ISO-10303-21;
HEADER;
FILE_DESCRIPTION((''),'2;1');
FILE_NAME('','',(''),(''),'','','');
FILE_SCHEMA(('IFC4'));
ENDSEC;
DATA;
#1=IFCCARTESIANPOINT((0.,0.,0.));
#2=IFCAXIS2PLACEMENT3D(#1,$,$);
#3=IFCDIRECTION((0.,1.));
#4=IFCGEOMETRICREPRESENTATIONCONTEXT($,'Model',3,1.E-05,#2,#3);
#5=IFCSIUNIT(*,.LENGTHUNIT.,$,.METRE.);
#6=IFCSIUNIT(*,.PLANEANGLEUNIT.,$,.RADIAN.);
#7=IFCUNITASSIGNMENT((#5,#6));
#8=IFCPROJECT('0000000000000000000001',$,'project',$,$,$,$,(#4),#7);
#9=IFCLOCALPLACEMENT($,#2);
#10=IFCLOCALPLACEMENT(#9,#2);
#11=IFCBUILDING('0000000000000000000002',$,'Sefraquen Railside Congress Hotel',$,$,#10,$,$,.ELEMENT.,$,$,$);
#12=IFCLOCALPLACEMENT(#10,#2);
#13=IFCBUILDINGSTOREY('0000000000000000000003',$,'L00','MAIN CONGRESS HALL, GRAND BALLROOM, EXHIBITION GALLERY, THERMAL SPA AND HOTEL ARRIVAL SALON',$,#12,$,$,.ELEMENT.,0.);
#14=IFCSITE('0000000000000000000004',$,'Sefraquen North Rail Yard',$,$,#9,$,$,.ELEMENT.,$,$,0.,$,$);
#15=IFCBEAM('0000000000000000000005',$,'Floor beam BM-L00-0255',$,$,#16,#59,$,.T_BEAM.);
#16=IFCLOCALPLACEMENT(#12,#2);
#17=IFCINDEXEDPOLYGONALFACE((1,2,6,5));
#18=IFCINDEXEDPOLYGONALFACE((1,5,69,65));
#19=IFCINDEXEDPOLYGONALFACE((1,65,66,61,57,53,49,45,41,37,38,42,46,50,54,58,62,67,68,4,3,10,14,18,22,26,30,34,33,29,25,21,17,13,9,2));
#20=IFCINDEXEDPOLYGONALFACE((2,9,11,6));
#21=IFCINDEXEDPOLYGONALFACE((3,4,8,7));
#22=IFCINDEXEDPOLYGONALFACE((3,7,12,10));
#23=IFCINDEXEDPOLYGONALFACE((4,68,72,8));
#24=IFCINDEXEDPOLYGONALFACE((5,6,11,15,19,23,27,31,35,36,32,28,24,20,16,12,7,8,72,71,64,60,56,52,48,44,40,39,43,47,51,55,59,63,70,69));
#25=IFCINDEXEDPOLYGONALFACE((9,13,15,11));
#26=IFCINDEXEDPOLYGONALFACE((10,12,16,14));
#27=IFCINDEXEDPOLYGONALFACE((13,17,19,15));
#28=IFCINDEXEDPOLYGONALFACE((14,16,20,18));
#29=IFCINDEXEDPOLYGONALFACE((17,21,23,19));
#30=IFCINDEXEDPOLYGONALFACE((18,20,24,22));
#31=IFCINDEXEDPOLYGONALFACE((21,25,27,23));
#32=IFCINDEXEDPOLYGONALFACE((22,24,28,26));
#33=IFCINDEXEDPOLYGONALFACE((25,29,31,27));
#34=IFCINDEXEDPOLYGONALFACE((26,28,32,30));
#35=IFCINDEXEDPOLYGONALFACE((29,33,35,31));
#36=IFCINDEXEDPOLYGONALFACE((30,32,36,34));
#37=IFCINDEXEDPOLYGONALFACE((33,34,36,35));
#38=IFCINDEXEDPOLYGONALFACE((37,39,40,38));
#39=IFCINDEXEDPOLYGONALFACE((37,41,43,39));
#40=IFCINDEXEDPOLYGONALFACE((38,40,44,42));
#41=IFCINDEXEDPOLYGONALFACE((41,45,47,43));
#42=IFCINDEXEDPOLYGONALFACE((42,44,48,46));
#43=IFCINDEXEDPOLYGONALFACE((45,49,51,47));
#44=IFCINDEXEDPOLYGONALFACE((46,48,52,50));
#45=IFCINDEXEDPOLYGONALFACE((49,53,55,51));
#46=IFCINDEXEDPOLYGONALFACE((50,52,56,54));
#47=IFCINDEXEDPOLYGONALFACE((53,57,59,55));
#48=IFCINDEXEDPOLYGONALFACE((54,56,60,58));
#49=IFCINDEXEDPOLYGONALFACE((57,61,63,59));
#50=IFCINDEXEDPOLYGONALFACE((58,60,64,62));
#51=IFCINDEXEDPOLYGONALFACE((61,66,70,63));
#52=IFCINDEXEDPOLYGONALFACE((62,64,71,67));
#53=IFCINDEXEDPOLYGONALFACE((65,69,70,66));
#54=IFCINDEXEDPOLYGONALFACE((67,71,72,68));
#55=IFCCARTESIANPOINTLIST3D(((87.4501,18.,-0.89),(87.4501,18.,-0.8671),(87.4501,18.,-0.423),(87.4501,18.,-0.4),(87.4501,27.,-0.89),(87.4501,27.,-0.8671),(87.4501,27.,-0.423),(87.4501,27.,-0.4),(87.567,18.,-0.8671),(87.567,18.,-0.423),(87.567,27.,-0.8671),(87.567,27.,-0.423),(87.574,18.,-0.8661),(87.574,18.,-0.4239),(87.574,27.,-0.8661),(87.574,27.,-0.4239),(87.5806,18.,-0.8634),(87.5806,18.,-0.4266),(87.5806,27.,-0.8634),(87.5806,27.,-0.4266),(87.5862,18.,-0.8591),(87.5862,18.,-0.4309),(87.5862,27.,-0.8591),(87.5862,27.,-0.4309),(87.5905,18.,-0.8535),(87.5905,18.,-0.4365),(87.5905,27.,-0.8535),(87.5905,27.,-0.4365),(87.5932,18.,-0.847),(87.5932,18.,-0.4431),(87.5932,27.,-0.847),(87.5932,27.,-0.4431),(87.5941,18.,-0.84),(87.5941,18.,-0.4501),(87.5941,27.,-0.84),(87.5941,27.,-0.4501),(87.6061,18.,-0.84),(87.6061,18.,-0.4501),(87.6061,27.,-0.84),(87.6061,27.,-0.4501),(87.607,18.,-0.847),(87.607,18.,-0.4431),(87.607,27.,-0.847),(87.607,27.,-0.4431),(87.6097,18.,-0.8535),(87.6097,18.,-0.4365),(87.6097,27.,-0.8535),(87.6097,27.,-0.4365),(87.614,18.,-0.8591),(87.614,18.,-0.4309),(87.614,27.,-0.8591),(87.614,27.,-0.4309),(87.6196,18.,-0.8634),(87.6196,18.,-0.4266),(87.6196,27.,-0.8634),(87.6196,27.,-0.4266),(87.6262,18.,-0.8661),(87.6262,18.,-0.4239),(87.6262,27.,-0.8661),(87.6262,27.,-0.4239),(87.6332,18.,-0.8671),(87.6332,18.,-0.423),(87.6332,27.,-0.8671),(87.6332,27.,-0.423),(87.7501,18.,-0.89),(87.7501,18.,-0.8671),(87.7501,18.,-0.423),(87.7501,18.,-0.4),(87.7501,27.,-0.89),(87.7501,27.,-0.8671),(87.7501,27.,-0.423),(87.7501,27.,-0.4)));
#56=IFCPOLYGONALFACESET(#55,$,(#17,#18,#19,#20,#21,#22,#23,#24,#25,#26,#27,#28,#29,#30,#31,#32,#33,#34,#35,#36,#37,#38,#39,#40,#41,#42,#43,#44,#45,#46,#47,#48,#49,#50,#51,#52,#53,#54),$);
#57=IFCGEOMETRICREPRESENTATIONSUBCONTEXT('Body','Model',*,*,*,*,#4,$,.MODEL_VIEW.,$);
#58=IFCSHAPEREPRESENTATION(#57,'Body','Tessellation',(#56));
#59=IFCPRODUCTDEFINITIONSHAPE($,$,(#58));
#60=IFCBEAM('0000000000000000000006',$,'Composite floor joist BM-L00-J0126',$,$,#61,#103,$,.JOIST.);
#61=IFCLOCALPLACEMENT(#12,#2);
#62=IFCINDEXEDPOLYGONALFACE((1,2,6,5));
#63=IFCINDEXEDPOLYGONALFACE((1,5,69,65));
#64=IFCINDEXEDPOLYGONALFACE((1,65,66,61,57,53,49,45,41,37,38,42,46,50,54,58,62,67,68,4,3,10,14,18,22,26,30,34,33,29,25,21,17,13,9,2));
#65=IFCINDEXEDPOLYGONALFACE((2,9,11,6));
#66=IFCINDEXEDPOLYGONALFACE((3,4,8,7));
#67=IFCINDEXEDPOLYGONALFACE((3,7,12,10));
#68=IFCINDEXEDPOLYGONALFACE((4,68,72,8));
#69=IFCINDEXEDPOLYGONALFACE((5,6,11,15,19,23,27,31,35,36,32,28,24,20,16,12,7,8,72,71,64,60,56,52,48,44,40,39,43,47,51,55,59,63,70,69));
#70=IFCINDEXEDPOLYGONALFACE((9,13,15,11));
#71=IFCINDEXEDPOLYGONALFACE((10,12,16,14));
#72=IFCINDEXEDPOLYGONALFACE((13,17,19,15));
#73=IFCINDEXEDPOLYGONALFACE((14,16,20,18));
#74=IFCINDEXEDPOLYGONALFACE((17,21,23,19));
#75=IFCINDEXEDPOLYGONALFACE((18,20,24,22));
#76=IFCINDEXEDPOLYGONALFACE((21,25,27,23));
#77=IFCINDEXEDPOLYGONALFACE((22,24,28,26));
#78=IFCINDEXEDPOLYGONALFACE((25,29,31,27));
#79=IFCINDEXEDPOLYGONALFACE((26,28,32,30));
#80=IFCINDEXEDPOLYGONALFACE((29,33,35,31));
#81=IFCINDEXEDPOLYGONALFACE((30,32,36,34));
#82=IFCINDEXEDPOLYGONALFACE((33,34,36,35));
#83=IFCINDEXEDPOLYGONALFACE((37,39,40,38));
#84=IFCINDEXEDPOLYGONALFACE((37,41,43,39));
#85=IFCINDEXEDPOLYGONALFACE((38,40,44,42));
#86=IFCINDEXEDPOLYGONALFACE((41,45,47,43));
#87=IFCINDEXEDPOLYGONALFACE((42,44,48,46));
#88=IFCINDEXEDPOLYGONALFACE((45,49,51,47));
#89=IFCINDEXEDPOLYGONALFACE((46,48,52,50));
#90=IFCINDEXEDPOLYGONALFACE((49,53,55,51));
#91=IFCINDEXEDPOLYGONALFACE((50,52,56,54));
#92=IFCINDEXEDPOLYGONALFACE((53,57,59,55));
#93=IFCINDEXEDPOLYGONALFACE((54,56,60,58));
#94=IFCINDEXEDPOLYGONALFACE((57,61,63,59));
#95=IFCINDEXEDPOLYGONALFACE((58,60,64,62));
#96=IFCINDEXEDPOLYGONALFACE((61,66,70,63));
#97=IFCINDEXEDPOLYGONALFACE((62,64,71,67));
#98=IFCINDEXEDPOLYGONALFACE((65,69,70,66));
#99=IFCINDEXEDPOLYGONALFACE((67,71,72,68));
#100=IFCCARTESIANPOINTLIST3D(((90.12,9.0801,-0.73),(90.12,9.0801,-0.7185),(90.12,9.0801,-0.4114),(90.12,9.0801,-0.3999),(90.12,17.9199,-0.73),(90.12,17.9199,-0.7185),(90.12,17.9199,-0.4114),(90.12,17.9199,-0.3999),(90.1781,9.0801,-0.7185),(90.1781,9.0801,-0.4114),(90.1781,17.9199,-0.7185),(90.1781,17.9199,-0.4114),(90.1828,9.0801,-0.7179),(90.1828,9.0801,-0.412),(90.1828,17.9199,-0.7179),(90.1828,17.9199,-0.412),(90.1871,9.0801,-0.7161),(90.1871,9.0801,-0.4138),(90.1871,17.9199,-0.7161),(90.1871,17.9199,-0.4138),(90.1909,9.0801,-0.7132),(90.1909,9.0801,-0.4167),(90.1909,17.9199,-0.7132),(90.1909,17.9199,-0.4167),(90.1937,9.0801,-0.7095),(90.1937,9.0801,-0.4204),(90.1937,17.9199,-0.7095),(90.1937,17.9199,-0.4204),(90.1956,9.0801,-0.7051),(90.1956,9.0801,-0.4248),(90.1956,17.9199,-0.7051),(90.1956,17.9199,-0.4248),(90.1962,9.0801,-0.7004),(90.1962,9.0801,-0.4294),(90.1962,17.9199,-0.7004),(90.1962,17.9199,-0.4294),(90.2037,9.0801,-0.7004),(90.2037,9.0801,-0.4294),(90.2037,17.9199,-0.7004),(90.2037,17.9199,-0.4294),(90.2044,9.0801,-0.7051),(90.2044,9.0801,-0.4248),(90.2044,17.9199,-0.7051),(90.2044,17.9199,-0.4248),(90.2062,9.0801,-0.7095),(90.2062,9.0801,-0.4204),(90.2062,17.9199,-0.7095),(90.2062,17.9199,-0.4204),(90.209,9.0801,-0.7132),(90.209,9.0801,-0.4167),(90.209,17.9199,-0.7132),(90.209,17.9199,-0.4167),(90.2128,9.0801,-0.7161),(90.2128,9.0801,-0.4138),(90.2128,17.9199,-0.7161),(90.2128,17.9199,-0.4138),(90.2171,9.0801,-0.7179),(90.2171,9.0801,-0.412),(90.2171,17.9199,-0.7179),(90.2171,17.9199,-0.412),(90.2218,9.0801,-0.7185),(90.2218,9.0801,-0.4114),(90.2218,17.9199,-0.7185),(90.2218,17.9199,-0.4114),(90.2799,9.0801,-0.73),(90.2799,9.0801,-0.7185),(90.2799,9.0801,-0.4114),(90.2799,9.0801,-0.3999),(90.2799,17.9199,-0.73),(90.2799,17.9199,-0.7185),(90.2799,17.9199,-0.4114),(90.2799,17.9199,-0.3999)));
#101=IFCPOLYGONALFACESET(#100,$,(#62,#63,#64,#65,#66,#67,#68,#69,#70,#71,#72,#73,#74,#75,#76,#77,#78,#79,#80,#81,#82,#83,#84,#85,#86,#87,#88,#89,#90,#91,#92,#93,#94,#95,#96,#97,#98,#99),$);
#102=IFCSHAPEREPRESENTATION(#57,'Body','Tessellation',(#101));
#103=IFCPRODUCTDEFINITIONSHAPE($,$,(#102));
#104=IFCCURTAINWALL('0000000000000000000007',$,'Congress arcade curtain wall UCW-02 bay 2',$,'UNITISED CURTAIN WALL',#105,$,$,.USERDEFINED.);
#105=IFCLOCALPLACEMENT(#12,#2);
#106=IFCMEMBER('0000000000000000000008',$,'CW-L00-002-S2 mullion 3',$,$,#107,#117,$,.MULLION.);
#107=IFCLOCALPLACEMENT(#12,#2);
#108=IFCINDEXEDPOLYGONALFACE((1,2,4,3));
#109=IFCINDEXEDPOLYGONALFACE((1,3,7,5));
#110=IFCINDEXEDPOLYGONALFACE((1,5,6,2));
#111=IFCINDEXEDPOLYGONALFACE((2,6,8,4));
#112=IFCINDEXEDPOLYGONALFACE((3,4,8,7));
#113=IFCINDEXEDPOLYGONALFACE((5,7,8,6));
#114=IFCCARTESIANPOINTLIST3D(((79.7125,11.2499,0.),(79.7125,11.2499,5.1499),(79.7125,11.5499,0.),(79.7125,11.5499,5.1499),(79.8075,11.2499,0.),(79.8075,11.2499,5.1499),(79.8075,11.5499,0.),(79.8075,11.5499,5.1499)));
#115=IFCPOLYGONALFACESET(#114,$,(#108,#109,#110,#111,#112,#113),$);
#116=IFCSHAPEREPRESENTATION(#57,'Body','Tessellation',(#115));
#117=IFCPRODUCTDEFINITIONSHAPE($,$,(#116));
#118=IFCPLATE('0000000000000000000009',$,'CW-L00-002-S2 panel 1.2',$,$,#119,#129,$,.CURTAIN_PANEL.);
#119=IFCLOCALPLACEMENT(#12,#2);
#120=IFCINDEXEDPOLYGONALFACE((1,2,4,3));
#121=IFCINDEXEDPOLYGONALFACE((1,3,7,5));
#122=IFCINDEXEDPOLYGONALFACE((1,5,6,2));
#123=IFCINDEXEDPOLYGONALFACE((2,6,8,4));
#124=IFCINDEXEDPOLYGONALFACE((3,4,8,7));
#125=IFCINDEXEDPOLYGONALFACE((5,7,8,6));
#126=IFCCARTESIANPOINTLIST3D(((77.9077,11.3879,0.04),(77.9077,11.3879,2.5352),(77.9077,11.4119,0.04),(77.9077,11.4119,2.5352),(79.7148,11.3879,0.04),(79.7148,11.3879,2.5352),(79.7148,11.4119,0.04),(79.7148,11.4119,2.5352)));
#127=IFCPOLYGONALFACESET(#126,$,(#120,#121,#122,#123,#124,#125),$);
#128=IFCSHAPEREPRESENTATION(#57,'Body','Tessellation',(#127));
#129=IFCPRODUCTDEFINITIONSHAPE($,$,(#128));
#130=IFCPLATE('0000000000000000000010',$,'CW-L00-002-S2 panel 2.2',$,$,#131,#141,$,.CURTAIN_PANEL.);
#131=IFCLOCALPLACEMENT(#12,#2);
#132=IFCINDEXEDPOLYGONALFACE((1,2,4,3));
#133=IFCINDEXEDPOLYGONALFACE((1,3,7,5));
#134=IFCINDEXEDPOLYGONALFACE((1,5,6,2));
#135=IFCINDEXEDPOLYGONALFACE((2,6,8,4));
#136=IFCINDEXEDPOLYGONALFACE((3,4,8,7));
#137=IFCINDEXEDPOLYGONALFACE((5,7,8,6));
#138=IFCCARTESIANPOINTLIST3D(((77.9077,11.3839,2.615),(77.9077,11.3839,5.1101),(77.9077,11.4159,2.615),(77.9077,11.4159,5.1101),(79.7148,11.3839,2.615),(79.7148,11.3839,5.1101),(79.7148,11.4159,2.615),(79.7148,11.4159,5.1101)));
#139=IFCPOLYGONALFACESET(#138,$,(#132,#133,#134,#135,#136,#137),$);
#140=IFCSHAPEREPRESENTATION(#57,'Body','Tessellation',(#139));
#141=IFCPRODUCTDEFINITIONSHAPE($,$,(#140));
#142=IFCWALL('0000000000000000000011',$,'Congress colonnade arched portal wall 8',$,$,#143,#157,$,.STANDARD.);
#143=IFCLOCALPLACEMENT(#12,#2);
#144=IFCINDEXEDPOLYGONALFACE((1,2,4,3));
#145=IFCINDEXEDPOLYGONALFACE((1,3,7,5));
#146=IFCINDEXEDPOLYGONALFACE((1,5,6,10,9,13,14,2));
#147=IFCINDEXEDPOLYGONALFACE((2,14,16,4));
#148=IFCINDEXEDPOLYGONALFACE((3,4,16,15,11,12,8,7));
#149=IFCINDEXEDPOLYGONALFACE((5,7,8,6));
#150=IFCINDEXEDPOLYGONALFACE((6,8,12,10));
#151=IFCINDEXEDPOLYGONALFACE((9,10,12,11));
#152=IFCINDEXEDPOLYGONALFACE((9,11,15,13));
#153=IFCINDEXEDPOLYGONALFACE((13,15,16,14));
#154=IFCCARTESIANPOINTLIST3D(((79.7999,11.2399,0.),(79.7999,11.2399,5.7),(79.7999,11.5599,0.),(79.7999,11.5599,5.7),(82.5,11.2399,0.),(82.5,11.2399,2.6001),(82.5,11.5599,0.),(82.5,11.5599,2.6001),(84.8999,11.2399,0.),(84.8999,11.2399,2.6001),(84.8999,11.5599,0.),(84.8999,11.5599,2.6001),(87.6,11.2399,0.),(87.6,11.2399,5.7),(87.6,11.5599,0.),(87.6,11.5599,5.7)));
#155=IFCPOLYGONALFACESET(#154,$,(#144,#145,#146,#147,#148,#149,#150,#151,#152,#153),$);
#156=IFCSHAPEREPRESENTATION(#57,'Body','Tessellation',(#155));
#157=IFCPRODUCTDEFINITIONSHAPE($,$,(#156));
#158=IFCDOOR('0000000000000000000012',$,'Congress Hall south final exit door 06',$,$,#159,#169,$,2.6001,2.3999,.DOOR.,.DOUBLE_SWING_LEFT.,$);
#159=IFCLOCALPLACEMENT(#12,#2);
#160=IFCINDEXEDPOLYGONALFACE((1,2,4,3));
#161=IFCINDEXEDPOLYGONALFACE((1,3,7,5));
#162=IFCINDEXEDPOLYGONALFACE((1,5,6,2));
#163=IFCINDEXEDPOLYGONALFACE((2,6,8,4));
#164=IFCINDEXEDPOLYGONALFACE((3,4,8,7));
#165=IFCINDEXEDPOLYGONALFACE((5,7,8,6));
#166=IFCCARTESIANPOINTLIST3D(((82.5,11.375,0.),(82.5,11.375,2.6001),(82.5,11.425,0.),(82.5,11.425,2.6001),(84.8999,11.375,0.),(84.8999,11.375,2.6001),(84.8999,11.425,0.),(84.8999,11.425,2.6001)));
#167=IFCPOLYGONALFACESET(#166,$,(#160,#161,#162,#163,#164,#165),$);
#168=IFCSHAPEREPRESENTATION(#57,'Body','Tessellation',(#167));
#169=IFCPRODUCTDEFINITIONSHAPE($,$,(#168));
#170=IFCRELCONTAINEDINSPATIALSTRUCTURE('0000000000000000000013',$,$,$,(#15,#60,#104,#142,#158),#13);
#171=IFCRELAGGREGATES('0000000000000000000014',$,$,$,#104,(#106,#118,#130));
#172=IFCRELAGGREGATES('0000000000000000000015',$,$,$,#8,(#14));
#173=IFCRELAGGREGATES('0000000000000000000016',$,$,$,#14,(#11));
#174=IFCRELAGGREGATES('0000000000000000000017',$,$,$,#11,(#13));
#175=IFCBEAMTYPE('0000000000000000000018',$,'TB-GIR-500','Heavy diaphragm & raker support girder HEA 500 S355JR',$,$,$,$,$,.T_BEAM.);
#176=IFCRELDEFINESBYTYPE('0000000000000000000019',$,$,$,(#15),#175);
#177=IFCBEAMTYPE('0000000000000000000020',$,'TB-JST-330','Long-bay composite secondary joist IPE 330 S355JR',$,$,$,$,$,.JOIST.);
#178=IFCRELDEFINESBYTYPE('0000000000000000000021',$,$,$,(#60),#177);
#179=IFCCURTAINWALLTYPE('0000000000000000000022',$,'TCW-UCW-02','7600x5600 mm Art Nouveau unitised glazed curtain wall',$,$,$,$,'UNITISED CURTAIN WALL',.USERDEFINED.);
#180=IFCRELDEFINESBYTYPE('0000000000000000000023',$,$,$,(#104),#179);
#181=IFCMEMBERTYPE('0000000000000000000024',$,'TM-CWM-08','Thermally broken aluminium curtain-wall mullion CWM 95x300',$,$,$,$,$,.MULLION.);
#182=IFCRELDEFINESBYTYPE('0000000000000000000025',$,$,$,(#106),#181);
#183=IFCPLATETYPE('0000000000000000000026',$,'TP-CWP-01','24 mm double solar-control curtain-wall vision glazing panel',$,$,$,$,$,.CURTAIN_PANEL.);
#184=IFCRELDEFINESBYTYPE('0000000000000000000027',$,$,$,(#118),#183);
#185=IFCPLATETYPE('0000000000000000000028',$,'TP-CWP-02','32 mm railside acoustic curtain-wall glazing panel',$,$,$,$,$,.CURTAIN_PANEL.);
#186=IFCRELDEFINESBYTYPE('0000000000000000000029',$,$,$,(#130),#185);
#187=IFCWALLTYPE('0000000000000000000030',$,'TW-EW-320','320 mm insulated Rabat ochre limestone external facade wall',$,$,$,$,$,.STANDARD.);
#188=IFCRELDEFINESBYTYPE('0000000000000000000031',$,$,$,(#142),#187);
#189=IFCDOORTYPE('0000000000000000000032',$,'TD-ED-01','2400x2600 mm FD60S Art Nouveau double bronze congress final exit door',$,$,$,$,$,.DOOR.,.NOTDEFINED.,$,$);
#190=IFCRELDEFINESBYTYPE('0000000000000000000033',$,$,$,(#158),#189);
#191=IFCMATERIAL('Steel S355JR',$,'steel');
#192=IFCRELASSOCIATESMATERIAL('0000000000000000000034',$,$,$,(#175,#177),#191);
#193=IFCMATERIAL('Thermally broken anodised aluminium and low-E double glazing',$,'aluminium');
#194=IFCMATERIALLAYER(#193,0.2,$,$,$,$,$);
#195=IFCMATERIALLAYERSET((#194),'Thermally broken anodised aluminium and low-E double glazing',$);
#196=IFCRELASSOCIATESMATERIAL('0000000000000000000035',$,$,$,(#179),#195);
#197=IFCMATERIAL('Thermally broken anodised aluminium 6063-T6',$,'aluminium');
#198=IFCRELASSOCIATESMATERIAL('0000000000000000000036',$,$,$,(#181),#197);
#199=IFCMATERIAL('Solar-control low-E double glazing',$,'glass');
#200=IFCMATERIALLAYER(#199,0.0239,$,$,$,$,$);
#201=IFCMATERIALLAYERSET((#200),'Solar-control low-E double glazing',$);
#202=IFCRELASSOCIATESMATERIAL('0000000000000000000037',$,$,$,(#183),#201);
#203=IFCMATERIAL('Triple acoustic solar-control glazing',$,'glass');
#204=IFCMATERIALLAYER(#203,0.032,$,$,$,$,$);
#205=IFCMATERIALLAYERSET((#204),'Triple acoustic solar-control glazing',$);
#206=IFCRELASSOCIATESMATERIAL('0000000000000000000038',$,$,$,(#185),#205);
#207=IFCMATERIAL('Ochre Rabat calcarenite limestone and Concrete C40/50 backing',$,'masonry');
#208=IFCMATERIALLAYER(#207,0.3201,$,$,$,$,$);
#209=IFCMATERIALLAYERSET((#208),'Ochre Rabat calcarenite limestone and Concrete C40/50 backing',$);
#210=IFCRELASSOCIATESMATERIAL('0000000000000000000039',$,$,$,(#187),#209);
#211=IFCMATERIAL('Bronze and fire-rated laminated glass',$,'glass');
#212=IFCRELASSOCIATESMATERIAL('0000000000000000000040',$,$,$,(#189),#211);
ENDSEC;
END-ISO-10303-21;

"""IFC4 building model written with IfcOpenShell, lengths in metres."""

from ifc_helpers import new_model, si_unit, direction, frame, frame_2d, origin, origin_2d, place, context, subcontext, project, spatial, rectangle, i_section, extrude, material, layer, layer_set, material_profile, profile_set, type_object, element, fill, aggregate, save


model = new_model("IFC4")

# Units and contexts
model_context = context("Model", 3, precision=1e-05, world=origin(), true_north=direction((0.0, 1.0)))
body_context = subcontext(model_context, "Body", "Model", "MODEL_VIEW")
ifc_project = project(units=[si_unit("LENGTHUNIT", "METRE"), si_unit("PLANEANGLEUNIT", "RADIAN")], contexts=[model_context])

# Site, building, storey
site_placement = place(None, origin())
site = spatial("IfcSite", under=ifc_project, at=site_placement, Name="Sefraquen North Rail Yard", CompositionType="ELEMENT", RefElevation=0.0)
building_placement = place(site_placement, origin())
building = spatial("IfcBuilding", under=site, at=building_placement, Name="Sefraquen Railside Congress Hotel", CompositionType="ELEMENT")
storey_placement = place(building_placement, origin())
storey = spatial("IfcBuildingStorey", under=building, at=storey_placement, Name="L00", Description="MAIN CONGRESS HALL, GRAND BALLROOM, EXHIBITION GALLERY, THERMAL SPA AND HOTEL ARRIVAL SALON", CompositionType="ELEMENT", Elevation=0.0)

# Shared definitions
ifc_material_1 = material(Name="Steel S355JR", Category="steel")

# Beams
ifc_material_profile_1 = material_profile(ifc_material_1, i_section(OverallWidth=0.3, OverallDepth=0.49, WebThickness=0.012, FlangeThickness=0.0229, FilletRadius=0.0271, at=origin_2d()), Name="HEA 500")
ifc_profile_set_1 = profile_set([ifc_material_profile_1], Name="Steel S355JR")
beam_type_1 = type_object("IfcBeamType", Name="TB-GIR-500", Description="Heavy diaphragm & raker support girder HEA 500 S355JR", PredefinedType="T_BEAM", material=ifc_profile_set_1)
for number, where, z_axis, x_axis, name in (
    (1, (87.6001, 18.0, -0.645), (0.0, 1.0, 0.0), (-1.0, 0.0, 0.0), "Floor beam BM-L00-0255"),
):
    element("IfcBeam", number, at=place(storey_placement, frame(where, z_axis=z_axis, x_axis=x_axis)), inside=storey, type_object=beam_type_1, Name=name, PredefinedType="T_BEAM", context=body_context, shape_type="SweptSolid", body=[
        extrude(i_section(OverallWidth=0.3, OverallDepth=0.49, WebThickness=0.012, FlangeThickness=0.0229, FilletRadius=0.0271, at=origin_2d()), origin(), (0.0, 0.0, 1.0), 9.0),
    ])
ifc_material_profile_2 = material_profile(ifc_material_1, i_section(OverallWidth=0.1599, OverallDepth=0.3301, WebThickness=0.0076, FlangeThickness=0.0115, FilletRadius=0.0181, at=origin_2d()), Name="IPE 330")
ifc_profile_set_2 = profile_set([ifc_material_profile_2], Name="Steel S355JR")
beam_type_2 = type_object("IfcBeamType", Name="TB-JST-330", Description="Long-bay composite secondary joist IPE 330 S355JR", PredefinedType="JOIST", material=ifc_profile_set_2)
beam_1_placement = place(storey_placement, frame((90.2, 9.0801, -0.5649), z_axis=(0.0, 1.0, 0.0), x_axis=(-1.0, 0.0, 0.0)))
element("IfcBeam", 2, at=beam_1_placement, inside=storey, type_object=beam_type_2, Name="Composite floor joist BM-L00-J0126", PredefinedType="JOIST", context=body_context, shape_type="SweptSolid", body=[
    extrude(i_section(OverallWidth=0.1599, OverallDepth=0.3301, WebThickness=0.0076, FlangeThickness=0.0115, FilletRadius=0.0181, at=origin_2d()), origin(), (0.0, 0.0, 1.0), 8.8398),
])

# Curtain wall, member, plates
ifc_material_2 = material(Name="Thermally broken anodised aluminium and low-E double glazing", Category="aluminium")
ifc_layer_1 = layer(ifc_material_2, 0.2)
ifc_layer_set_1 = layer_set([ifc_layer_1], Name="Thermally broken anodised aluminium and low-E double glazing")
curtain_wall_type = type_object("IfcCurtainWallType", Name="TCW-UCW-02", Description="7600x5600 mm Art Nouveau unitised glazed curtain wall", ElementType="UNITISED CURTAIN WALL", PredefinedType="USERDEFINED", material=ifc_layer_set_1)
curtain_wall_placement = place(storey_placement, origin())
curtain_wall = element("IfcCurtainWall", 3, at=curtain_wall_placement, inside=storey, type_object=curtain_wall_type, Name="Congress arcade curtain wall UCW-02 bay 2", ObjectType="UNITISED CURTAIN WALL", PredefinedType="USERDEFINED")
ifc_material_3 = material(Name="Thermally broken anodised aluminium 6063-T6", Category="aluminium")
ifc_material_profile_3 = material_profile(ifc_material_3, rectangle(XDim=0.095, YDim=0.3, at=origin_2d()), Name="CWM 95x300")
ifc_profile_set_3 = profile_set([ifc_material_profile_3], Name="Thermally broken anodised aluminium 6063-T6")
member_type = type_object("IfcMemberType", Name="TM-CWM-08", Description="Thermally broken aluminium curtain-wall mullion CWM 95x300", PredefinedType="MULLION", material=ifc_profile_set_3)
member_placement = place(storey_placement, frame((79.76, 11.3999, 0.0), z_axis=(0.0, 0.0, 1.0), x_axis=(1.0, 0.0, 0.0)))
member = element("IfcMember", 4, at=member_placement, type_object=member_type, Name="CW-L00-002-S2 mullion 3", PredefinedType="MULLION", context=body_context, shape_type="SweptSolid", body=[
    extrude(rectangle(XDim=0.095, YDim=0.3, at=origin_2d()), origin(), (0.0, 0.0, 1.0), 5.1499),
])
ifc_material_4 = material(Name="Solar-control low-E double glazing", Category="glass")
ifc_layer_2 = layer(ifc_material_4, 0.0239)
ifc_layer_set_2 = layer_set([ifc_layer_2], Name="Solar-control low-E double glazing")
plate_type_1 = type_object("IfcPlateType", Name="TP-CWP-01", Description="24 mm double solar-control curtain-wall vision glazing panel", PredefinedType="CURTAIN_PANEL", material=ifc_layer_set_2)
plate_1_placement = place(storey_placement, frame((78.8113, 11.3999, 0.04), z_axis=(0.0, 0.0, 1.0), x_axis=(1.0, 0.0, 0.0)))
plate_1 = element("IfcPlate", 5, at=plate_1_placement, type_object=plate_type_1, Name="CW-L00-002-S2 panel 1.2", PredefinedType="CURTAIN_PANEL", context=body_context, shape_type="SweptSolid", body=[
    extrude(rectangle(XDim=1.8071, YDim=0.0239, at=origin_2d()), origin(), (0.0, 0.0, 1.0), 2.4951),
])
ifc_material_5 = material(Name="Triple acoustic solar-control glazing", Category="glass")
ifc_layer_3 = layer(ifc_material_5, 0.032)
ifc_layer_set_3 = layer_set([ifc_layer_3], Name="Triple acoustic solar-control glazing")
plate_type_2 = type_object("IfcPlateType", Name="TP-CWP-02", Description="32 mm railside acoustic curtain-wall glazing panel", PredefinedType="CURTAIN_PANEL", material=ifc_layer_set_3)
plate_2_placement = place(storey_placement, frame((78.8113, 11.3999, 2.615), z_axis=(0.0, 0.0, 1.0), x_axis=(1.0, 0.0, 0.0)))
plate_2 = element("IfcPlate", 6, at=plate_2_placement, type_object=plate_type_2, Name="CW-L00-002-S2 panel 2.2", PredefinedType="CURTAIN_PANEL", context=body_context, shape_type="SweptSolid", body=[
    extrude(rectangle(XDim=1.8071, YDim=0.032, at=origin_2d()), origin(), (0.0, 0.0, 1.0), 2.4951),
])
aggregate(curtain_wall, [member, plate_1, plate_2])

# Wall, opening, door
ifc_material_6 = material(Name="Ochre Rabat calcarenite limestone and Concrete C40/50 backing", Category="masonry")
ifc_layer_4 = layer(ifc_material_6, 0.3201)
ifc_layer_set_4 = layer_set([ifc_layer_4], Name="Ochre Rabat calcarenite limestone and Concrete C40/50 backing")
wall_type_1 = type_object("IfcWallType", Name="TW-EW-320", Description="320 mm insulated Rabat ochre limestone external facade wall", PredefinedType="STANDARD", material=ifc_layer_set_4)
wall_1_placement = place(storey_placement, frame((79.8, 11.3999, 0.0), z_axis=(0.0, 0.0, 1.0), x_axis=(1.0, 0.0, 0.0)))
wall_1 = element("IfcWall", 7, at=wall_1_placement, inside=storey, type_object=wall_type_1, Name="Congress colonnade arched portal wall 8", PredefinedType="STANDARD", context=body_context, shape_type="SweptSolid", body=[
    extrude(rectangle(XDim=7.8, YDim=0.3201, at=frame_2d((3.8999, 0.0))), origin(), (0.0, 0.0, 1.0), 5.7),
])
opening_1_placement = place(wall_1_placement, frame((2.7, 0.0, 0.0)))
opening_1 = element("IfcOpeningElement", 8, at=opening_1_placement, cuts=wall_1, PredefinedType="OPENING", context=body_context, shape_type="SweptSolid", body=[
    extrude(rectangle(XDim=2.3999, YDim=2.6001, at=frame_2d((1.2, 1.3))), frame((0.0, 0.1699, 0.0), z_axis=(0.0, -1.0, 0.0), x_axis=(1.0, 0.0, 0.0)), (0.0, 0.0, 1.0), 0.3401),
])
ifc_material_7 = material(Name="Bronze and fire-rated laminated glass", Category="glass")
door_type_1 = type_object("IfcDoorType", Name="TD-ED-01", Description="2400x2600 mm FD60S Art Nouveau double bronze congress final exit door", OperationType="NOTDEFINED", PredefinedType="DOOR", material=ifc_material_7)
door_1_placement = place(opening_1_placement, frame((2.3999, 0.0, 0.0), z_axis=(0.0, 0.0, 1.0), x_axis=(-1.0, 0.0, 0.0)))
door_1 = element("IfcDoor", 9, at=door_1_placement, inside=storey, type_object=door_type_1, Name="Congress Hall south final exit door 06", OperationType="DOUBLE_SWING_LEFT", OverallHeight=2.6001, OverallWidth=2.3999, PredefinedType="DOOR", context=body_context, shape_type="SweptSolid", body=[
    extrude(rectangle(XDim=2.3999, YDim=2.6001, at=frame_2d((1.2, 1.3))), frame((0.0, 0.0249, 0.0), z_axis=(0.0, -1.0, 0.0), x_axis=(1.0, 0.0, 0.0)), (0.0, 0.0, 1.0), 0.05),
])
fill(opening_1, door_1)

save(model, "model.ifc")
